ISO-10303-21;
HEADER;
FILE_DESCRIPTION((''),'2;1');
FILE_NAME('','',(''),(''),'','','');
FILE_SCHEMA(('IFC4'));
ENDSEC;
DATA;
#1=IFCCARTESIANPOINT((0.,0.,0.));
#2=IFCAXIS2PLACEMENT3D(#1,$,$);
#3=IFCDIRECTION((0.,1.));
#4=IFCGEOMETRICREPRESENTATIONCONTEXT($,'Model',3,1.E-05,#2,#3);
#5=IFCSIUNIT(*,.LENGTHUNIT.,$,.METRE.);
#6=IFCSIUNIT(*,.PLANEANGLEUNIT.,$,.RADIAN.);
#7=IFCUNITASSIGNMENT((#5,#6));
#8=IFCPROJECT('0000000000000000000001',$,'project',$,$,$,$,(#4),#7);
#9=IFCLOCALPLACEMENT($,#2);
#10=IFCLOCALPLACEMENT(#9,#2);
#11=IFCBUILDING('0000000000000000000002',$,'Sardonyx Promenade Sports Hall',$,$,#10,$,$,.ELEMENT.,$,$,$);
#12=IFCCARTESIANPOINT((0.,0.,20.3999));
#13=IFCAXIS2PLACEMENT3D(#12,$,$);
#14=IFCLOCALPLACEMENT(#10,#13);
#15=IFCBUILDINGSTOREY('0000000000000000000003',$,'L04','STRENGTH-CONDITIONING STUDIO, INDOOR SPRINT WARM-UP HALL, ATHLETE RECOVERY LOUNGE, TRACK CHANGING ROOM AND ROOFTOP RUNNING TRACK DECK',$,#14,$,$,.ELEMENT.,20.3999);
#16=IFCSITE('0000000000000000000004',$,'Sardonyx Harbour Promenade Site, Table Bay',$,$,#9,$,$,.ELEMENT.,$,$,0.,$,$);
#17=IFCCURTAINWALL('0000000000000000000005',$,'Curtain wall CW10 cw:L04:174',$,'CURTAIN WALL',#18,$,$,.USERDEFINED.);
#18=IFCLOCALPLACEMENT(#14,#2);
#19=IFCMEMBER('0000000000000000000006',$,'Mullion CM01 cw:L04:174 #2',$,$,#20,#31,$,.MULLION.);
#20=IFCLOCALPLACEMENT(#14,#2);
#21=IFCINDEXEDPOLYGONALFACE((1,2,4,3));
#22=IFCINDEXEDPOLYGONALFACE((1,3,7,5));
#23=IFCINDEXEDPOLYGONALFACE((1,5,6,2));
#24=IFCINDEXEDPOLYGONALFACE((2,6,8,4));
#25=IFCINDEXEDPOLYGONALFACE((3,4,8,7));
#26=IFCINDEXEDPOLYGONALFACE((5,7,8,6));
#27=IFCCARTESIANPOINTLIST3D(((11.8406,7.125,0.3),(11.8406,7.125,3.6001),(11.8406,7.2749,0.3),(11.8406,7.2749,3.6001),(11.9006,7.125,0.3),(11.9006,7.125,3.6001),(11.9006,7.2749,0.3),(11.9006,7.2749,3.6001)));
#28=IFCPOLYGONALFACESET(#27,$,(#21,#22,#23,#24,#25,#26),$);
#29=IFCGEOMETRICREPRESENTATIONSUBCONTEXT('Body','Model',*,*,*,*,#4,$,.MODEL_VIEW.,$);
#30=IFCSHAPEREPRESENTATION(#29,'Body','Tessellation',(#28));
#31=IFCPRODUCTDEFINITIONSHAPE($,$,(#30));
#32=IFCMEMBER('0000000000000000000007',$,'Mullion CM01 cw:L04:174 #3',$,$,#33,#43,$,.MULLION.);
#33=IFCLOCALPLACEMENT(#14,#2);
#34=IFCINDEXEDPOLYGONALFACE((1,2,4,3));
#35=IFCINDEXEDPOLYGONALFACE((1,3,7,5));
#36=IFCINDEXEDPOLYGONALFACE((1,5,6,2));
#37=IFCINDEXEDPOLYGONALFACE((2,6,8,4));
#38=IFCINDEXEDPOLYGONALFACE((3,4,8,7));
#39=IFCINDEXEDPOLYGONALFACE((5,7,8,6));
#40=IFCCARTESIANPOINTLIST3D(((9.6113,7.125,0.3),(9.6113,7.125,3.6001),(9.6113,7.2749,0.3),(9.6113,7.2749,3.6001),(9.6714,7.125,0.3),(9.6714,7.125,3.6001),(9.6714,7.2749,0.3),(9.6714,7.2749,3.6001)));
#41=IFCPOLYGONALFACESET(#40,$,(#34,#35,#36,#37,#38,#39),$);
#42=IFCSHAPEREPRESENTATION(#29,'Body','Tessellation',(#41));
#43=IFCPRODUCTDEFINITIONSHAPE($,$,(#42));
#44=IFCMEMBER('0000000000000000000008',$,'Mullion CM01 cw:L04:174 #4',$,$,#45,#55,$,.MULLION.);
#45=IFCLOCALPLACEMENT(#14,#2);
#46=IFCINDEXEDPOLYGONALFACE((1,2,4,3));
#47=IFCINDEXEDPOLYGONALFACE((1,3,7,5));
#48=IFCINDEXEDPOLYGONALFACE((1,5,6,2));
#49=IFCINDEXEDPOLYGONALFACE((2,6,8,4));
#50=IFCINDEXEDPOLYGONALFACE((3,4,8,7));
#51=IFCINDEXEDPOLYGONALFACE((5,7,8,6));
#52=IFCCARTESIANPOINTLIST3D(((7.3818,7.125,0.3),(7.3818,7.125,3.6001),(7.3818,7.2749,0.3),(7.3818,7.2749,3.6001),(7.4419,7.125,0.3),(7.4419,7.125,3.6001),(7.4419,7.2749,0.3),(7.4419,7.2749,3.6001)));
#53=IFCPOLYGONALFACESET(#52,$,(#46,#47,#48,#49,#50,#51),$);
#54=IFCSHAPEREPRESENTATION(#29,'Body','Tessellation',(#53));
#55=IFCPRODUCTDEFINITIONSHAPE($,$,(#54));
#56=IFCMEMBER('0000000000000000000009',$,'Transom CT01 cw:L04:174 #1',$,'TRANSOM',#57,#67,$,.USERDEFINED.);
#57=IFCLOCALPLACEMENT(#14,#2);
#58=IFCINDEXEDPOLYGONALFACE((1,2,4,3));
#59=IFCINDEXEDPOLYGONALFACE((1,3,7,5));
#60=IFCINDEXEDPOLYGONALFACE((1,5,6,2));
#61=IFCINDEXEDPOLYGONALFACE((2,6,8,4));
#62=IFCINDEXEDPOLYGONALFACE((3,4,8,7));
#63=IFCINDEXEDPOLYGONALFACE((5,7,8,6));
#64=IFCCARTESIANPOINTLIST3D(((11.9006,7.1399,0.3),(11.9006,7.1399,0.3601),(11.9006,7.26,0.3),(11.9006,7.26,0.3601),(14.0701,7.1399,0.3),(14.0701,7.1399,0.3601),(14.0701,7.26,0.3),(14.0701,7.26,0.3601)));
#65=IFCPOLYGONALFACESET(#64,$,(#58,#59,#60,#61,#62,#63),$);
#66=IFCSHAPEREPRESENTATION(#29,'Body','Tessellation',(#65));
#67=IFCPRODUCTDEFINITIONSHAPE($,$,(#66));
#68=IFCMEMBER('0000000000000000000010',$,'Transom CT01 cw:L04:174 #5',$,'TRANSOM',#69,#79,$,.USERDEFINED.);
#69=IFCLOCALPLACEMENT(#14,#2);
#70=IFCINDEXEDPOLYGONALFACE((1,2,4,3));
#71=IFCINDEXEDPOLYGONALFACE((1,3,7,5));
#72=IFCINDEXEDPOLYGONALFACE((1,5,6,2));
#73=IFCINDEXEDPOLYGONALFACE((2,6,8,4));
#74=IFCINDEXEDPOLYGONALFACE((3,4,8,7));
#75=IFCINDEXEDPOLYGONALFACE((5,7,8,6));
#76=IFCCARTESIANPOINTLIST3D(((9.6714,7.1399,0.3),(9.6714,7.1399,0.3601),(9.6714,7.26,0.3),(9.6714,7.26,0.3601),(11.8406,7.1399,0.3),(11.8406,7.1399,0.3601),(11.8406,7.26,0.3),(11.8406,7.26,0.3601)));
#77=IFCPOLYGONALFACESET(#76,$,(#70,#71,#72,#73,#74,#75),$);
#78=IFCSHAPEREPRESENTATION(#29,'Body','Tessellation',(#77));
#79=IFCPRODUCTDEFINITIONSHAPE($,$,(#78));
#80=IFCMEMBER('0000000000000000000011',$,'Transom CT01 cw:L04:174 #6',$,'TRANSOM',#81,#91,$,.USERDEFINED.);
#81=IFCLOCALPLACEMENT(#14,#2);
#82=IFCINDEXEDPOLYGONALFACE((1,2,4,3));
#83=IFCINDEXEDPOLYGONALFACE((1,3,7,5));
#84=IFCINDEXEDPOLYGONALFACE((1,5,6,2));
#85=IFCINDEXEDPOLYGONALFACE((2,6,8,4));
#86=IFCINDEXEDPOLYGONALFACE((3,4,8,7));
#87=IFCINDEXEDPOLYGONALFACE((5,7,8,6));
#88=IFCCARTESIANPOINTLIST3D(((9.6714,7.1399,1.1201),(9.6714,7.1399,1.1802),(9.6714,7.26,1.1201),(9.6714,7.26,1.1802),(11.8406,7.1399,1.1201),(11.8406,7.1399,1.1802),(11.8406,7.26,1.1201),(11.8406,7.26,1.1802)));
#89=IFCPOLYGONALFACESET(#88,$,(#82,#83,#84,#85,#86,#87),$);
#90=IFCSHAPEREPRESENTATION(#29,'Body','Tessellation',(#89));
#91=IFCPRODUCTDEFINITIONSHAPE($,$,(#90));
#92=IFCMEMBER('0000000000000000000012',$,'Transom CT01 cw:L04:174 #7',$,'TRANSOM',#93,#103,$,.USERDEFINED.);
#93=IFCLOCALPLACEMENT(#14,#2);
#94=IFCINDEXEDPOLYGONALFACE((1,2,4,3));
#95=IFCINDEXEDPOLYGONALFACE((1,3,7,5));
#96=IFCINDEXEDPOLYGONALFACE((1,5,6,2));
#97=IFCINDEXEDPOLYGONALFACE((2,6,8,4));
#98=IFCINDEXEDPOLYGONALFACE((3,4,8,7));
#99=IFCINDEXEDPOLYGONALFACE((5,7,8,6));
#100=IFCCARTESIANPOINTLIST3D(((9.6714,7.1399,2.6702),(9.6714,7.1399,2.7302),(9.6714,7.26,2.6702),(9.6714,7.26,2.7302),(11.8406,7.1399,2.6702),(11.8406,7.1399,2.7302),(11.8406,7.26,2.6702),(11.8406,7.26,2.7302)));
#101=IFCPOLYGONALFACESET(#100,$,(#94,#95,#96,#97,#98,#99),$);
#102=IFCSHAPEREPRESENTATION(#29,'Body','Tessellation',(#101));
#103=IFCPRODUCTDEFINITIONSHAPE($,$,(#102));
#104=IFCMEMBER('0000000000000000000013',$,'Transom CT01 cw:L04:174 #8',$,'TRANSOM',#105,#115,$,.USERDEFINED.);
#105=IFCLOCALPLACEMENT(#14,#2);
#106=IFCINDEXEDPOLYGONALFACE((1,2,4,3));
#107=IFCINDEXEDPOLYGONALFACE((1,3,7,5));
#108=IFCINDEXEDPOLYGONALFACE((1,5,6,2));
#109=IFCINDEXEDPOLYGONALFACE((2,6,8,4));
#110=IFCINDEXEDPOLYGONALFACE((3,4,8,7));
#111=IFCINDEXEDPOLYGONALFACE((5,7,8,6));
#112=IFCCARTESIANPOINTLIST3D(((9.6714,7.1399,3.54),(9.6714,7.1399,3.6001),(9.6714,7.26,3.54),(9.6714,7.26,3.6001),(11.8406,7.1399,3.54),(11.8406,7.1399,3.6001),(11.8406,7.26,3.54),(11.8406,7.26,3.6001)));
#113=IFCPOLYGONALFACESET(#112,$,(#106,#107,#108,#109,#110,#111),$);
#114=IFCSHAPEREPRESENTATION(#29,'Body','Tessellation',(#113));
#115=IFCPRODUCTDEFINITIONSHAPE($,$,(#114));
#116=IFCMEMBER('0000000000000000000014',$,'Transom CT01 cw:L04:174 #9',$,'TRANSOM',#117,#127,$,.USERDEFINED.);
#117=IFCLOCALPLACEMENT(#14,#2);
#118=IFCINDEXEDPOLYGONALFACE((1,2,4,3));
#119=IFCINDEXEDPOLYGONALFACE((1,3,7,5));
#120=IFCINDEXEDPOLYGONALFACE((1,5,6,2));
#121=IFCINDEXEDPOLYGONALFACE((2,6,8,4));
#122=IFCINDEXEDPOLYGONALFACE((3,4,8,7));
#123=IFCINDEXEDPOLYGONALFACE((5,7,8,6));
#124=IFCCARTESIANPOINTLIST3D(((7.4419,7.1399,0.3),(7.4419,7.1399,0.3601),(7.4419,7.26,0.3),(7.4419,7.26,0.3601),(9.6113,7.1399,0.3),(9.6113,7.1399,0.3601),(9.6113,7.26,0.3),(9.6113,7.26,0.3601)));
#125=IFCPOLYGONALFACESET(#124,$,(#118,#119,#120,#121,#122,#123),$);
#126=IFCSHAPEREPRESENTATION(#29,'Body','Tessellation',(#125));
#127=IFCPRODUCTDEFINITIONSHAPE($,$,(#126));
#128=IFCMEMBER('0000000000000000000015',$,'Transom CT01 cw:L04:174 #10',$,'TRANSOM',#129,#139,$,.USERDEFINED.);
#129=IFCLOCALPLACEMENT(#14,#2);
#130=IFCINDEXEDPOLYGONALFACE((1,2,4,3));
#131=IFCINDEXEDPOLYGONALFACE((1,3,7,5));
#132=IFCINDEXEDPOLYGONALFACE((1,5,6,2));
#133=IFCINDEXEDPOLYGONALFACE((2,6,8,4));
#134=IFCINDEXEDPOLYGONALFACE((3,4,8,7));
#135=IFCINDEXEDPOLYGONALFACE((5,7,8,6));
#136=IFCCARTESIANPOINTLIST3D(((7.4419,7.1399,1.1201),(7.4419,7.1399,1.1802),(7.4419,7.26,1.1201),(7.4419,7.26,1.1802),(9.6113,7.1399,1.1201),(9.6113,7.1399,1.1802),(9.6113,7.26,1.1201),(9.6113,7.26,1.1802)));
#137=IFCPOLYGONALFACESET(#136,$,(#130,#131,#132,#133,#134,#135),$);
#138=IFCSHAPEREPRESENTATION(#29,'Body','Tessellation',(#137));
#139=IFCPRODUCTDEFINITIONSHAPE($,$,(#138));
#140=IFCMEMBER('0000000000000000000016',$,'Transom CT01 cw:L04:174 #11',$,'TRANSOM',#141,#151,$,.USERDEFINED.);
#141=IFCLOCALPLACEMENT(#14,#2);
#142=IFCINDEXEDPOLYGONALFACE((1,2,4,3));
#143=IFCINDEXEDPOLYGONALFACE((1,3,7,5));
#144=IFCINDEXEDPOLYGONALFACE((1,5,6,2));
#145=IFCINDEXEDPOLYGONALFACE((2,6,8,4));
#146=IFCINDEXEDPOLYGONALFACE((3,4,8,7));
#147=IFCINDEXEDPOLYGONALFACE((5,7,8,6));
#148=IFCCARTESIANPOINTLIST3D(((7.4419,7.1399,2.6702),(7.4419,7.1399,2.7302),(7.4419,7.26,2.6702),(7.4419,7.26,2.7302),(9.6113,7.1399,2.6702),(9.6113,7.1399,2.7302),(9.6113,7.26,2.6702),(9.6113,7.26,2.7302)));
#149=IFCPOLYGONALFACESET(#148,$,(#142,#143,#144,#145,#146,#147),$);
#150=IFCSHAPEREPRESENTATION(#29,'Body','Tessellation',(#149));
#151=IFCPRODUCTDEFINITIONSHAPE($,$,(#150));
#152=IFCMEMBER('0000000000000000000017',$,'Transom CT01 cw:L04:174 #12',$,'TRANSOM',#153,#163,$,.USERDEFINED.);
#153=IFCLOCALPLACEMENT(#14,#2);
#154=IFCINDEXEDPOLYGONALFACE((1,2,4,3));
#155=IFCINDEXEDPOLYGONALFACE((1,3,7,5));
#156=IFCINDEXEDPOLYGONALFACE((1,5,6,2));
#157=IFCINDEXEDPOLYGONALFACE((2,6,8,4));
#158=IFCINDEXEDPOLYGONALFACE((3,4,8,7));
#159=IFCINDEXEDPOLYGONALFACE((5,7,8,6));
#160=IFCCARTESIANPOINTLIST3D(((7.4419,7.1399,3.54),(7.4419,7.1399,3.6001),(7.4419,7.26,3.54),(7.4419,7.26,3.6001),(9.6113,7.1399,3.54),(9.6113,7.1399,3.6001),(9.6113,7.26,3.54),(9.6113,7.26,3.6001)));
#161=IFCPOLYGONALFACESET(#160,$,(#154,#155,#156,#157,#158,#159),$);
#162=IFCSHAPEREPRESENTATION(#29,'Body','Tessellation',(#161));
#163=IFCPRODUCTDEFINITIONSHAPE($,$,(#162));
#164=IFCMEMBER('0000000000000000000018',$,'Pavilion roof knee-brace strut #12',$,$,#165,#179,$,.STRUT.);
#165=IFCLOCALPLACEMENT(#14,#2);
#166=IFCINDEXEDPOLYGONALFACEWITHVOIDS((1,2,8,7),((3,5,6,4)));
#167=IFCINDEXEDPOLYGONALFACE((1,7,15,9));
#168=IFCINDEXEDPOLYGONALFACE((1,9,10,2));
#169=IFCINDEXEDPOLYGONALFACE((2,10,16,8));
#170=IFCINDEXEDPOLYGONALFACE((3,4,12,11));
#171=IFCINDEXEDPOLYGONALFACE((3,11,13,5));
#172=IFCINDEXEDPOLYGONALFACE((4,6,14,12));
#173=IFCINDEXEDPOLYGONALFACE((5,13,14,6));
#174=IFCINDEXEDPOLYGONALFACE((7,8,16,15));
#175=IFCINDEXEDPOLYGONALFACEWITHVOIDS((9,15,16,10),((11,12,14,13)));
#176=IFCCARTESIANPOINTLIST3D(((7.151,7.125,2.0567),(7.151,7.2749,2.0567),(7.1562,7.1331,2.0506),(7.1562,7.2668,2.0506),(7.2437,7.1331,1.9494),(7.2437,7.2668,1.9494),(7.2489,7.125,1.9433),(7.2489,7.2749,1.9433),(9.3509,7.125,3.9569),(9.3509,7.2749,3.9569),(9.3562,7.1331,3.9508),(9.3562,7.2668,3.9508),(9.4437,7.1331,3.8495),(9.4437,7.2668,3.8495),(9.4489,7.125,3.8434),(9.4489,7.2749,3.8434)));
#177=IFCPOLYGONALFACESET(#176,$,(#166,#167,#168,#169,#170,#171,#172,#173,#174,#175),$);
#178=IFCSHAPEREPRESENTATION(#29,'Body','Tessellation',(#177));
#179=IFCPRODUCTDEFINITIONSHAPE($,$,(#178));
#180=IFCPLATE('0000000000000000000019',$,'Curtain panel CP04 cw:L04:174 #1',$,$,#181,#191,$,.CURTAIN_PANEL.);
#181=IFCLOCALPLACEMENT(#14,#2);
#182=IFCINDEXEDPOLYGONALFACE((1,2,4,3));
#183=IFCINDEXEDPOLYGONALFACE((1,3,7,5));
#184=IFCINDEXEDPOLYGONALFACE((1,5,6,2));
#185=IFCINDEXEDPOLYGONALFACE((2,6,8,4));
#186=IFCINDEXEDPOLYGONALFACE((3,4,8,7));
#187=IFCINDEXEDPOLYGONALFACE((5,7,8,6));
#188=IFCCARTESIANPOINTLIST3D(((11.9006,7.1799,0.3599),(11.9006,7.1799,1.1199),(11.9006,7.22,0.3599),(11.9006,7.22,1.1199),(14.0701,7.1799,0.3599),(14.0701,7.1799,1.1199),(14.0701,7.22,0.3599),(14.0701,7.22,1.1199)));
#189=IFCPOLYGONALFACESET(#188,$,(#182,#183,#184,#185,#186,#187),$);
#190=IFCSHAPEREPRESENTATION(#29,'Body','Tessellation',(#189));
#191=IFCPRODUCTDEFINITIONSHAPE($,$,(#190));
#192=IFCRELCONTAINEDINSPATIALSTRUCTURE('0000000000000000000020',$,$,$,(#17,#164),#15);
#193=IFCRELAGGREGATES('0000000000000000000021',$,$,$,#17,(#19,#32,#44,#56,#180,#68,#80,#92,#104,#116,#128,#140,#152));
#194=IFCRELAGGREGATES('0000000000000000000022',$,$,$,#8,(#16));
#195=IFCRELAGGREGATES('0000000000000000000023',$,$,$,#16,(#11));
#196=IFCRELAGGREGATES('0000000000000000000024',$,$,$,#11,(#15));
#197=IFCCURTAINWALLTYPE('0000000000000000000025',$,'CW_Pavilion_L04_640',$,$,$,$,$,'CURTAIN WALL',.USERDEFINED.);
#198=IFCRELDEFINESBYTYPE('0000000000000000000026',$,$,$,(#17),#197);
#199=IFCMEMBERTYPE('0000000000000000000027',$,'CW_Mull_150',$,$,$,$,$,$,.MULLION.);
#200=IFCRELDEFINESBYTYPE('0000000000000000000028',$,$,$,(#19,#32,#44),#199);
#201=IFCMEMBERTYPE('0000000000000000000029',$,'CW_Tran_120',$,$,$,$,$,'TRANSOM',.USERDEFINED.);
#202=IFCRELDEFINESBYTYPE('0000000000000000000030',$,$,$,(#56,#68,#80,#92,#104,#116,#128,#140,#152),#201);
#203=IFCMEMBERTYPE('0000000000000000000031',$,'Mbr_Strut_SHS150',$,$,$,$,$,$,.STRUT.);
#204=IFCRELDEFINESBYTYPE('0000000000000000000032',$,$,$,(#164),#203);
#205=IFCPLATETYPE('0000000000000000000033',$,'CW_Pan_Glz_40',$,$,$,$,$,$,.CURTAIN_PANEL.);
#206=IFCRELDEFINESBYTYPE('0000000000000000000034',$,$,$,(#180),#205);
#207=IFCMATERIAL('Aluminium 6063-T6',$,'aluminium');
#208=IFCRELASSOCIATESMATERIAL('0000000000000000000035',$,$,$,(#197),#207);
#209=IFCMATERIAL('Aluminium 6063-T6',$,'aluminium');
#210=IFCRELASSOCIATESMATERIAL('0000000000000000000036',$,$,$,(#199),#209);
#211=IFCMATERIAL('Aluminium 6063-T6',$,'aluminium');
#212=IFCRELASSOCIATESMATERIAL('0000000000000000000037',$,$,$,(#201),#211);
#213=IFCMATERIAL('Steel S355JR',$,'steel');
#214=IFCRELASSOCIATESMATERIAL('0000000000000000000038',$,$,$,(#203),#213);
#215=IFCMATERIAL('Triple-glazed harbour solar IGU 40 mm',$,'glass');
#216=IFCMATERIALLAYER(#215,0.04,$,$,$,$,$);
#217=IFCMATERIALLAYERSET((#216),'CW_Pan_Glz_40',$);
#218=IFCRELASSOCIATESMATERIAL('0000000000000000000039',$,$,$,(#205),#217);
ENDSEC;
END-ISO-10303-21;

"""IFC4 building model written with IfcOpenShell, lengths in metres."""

from ifc_helpers import new_model, si_unit, direction, frame, origin, origin_2d, place, context, subcontext, project, spatial, rectangle, hollow_rectangle, extrude, material, layer, layer_set, material_profile, profile_set, type_object, element, aggregate, save


model = new_model("IFC4")

# Units and contexts
model_context = context("Model", 3, precision=1e-05, world=origin(), true_north=direction((0.0, 1.0)))
body_context = subcontext(model_context, "Body", "Model", "MODEL_VIEW")
ifc_project = project(units=[si_unit("LENGTHUNIT", "METRE"), si_unit("PLANEANGLEUNIT", "RADIAN")], contexts=[model_context])

# Site, building, storey
site_placement = place(None, origin())
site = spatial("IfcSite", under=ifc_project, at=site_placement, Name="Sardonyx Harbour Promenade Site, Table Bay", CompositionType="ELEMENT", RefElevation=0.0)
building_placement = place(site_placement, origin())
building = spatial("IfcBuilding", under=site, at=building_placement, Name="Sardonyx Promenade Sports Hall", CompositionType="ELEMENT")
storey_placement = place(building_placement, frame((0.0, 0.0, 20.3999)))
storey = spatial("IfcBuildingStorey", under=building, at=storey_placement, Name="L04", Description="STRENGTH-CONDITIONING STUDIO, INDOOR SPRINT WARM-UP HALL, ATHLETE RECOVERY LOUNGE, TRACK CHANGING ROOM AND ROOFTOP RUNNING TRACK DECK", CompositionType="ELEMENT", Elevation=20.3999)

# Curtain wall, members
ifc_material_1 = material(Name="Aluminium 6063-T6", Category="aluminium")
curtain_wall_type = type_object("IfcCurtainWallType", Name="CW_Pavilion_L04_640", ElementType="CURTAIN WALL", PredefinedType="USERDEFINED", material=ifc_material_1)
curtain_wall_placement = place(storey_placement, origin())
curtain_wall = element("IfcCurtainWall", 1, at=curtain_wall_placement, inside=storey, type_object=curtain_wall_type, Name="Curtain wall CW10 cw:L04:174", ObjectType="CURTAIN WALL", PredefinedType="USERDEFINED")
ifc_material_2 = material(Name="Aluminium 6063-T6", Category="aluminium")
ifc_material_profile_1 = material_profile(ifc_material_2, rectangle(XDim=0.0601, YDim=0.1499, at=origin_2d()))
ifc_profile_set_1 = profile_set([ifc_material_profile_1], Name="Aluminium 6063-T6")
member_type_1 = type_object("IfcMemberType", Name="CW_Mull_150", PredefinedType="MULLION", material=ifc_profile_set_1)
member_1_placement = place(storey_placement, frame((11.8706, 7.2, 0.3), z_axis=(0.0, 0.0, 1.0), x_axis=(-1.0, 0.0, 0.0)))
member_1 = element("IfcMember", 2, at=member_1_placement, type_object=member_type_1, Name="Mullion CM01 cw:L04:174 #2", PredefinedType="MULLION", context=body_context, shape_type="SweptSolid", body=[
    extrude(rectangle(XDim=0.0601, YDim=0.1499, at=origin_2d()), origin(), (0.0, 0.0, 1.0), 3.3),
])
member_2_placement = place(storey_placement, frame((9.6414, 7.2, 0.3), z_axis=(0.0, 0.0, 1.0), x_axis=(-1.0, 0.0, 0.0)))
member_2 = element("IfcMember", 3, at=member_2_placement, type_object=member_type_1, Name="Mullion CM01 cw:L04:174 #3", PredefinedType="MULLION", context=body_context, shape_type="SweptSolid", body=[
    extrude(rectangle(XDim=0.0601, YDim=0.1499, at=origin_2d()), origin(), (0.0, 0.0, 1.0), 3.3),
])
member_3_placement = place(storey_placement, frame((7.4119, 7.2, 0.3), z_axis=(0.0, 0.0, 1.0), x_axis=(-1.0, 0.0, 0.0)))
member_3 = element("IfcMember", 4, at=member_3_placement, type_object=member_type_1, Name="Mullion CM01 cw:L04:174 #4", PredefinedType="MULLION", context=body_context, shape_type="SweptSolid", body=[
    extrude(rectangle(XDim=0.0601, YDim=0.1499, at=origin_2d()), origin(), (0.0, 0.0, 1.0), 3.3),
])
ifc_material_3 = material(Name="Aluminium 6063-T6", Category="aluminium")
ifc_material_profile_2 = material_profile(ifc_material_3, rectangle(XDim=0.0601, YDim=0.1201, at=origin_2d()))
ifc_profile_set_2 = profile_set([ifc_material_profile_2], Name="Aluminium 6063-T6")
member_type_2 = type_object("IfcMemberType", Name="CW_Tran_120", ElementType="TRANSOM", PredefinedType="USERDEFINED", material=ifc_profile_set_2)
member_4_placement = place(storey_placement, frame((14.0701, 7.2, 0.3301), z_axis=(-1.0, 0.0, 0.0), x_axis=(0.0, 0.0, 1.0)))
member_4 = element("IfcMember", 5, at=member_4_placement, type_object=member_type_2, Name="Transom CT01 cw:L04:174 #1", ObjectType="TRANSOM", PredefinedType="USERDEFINED", context=body_context, shape_type="SweptSolid", body=[
    extrude(rectangle(XDim=0.0601, YDim=0.1201, at=origin_2d()), origin(), (0.0, 0.0, 1.0), 2.1694),
])
member_5_placement = place(storey_placement, frame((11.8406, 7.2, 0.3301), z_axis=(-1.0, 0.0, 0.0), x_axis=(0.0, 0.0, 1.0)))
member_5 = element("IfcMember", 6, at=member_5_placement, type_object=member_type_2, Name="Transom CT01 cw:L04:174 #5", ObjectType="TRANSOM", PredefinedType="USERDEFINED", context=body_context, shape_type="SweptSolid", body=[
    extrude(rectangle(XDim=0.0601, YDim=0.1201, at=origin_2d()), origin(), (0.0, 0.0, 1.0), 2.1692),
])
member_6_placement = place(storey_placement, frame((11.8406, 7.2, 1.1501), z_axis=(-1.0, 0.0, 0.0), x_axis=(0.0, 0.0, 1.0)))
member_6 = element("IfcMember", 7, at=member_6_placement, type_object=member_type_2, Name="Transom CT01 cw:L04:174 #6", ObjectType="TRANSOM", PredefinedType="USERDEFINED", context=body_context, shape_type="SweptSolid", body=[
    extrude(rectangle(XDim=0.0601, YDim=0.1201, at=origin_2d()), origin(), (0.0, 0.0, 1.0), 2.1692),
])
member_7_placement = place(storey_placement, frame((11.8406, 7.2, 2.7002), z_axis=(-1.0, 0.0, 0.0), x_axis=(0.0, 0.0, 1.0)))
member_7 = element("IfcMember", 8, at=member_7_placement, type_object=member_type_2, Name="Transom CT01 cw:L04:174 #7", ObjectType="TRANSOM", PredefinedType="USERDEFINED", context=body_context, shape_type="SweptSolid", body=[
    extrude(rectangle(XDim=0.0601, YDim=0.1201, at=origin_2d()), origin(), (0.0, 0.0, 1.0), 2.1692),
])
member_8_placement = place(storey_placement, frame((11.8406, 7.2, 3.5701), z_axis=(-1.0, 0.0, 0.0), x_axis=(0.0, 0.0, 1.0)))
member_8 = element("IfcMember", 9, at=member_8_placement, type_object=member_type_2, Name="Transom CT01 cw:L04:174 #8", ObjectType="TRANSOM", PredefinedType="USERDEFINED", context=body_context, shape_type="SweptSolid", body=[
    extrude(rectangle(XDim=0.0601, YDim=0.1201, at=origin_2d()), origin(), (0.0, 0.0, 1.0), 2.1692),
])
member_9_placement = place(storey_placement, frame((9.6113, 7.2, 0.3301), z_axis=(-1.0, 0.0, 0.0), x_axis=(0.0, 0.0, 1.0)))
member_9 = element("IfcMember", 10, at=member_9_placement, type_object=member_type_2, Name="Transom CT01 cw:L04:174 #9", ObjectType="TRANSOM", PredefinedType="USERDEFINED", context=body_context, shape_type="SweptSolid", body=[
    extrude(rectangle(XDim=0.0601, YDim=0.1201, at=origin_2d()), origin(), (0.0, 0.0, 1.0), 2.1694),
])
member_10_placement = place(storey_placement, frame((9.6113, 7.2, 1.1501), z_axis=(-1.0, 0.0, 0.0), x_axis=(0.0, 0.0, 1.0)))
member_10 = element("IfcMember", 11, at=member_10_placement, type_object=member_type_2, Name="Transom CT01 cw:L04:174 #10", ObjectType="TRANSOM", PredefinedType="USERDEFINED", context=body_context, shape_type="SweptSolid", body=[
    extrude(rectangle(XDim=0.0601, YDim=0.1201, at=origin_2d()), origin(), (0.0, 0.0, 1.0), 2.1694),
])
member_11_placement = place(storey_placement, frame((9.6113, 7.2, 2.7002), z_axis=(-1.0, 0.0, 0.0), x_axis=(0.0, 0.0, 1.0)))
member_11 = element("IfcMember", 12, at=member_11_placement, type_object=member_type_2, Name="Transom CT01 cw:L04:174 #11", ObjectType="TRANSOM", PredefinedType="USERDEFINED", context=body_context, shape_type="SweptSolid", body=[
    extrude(rectangle(XDim=0.0601, YDim=0.1201, at=origin_2d()), origin(), (0.0, 0.0, 1.0), 2.1694),
])
member_12_placement = place(storey_placement, frame((9.6113, 7.2, 3.5701), z_axis=(-1.0, 0.0, 0.0), x_axis=(0.0, 0.0, 1.0)))
member_12 = element("IfcMember", 13, at=member_12_placement, type_object=member_type_2, Name="Transom CT01 cw:L04:174 #12", ObjectType="TRANSOM", PredefinedType="USERDEFINED", context=body_context, shape_type="SweptSolid", body=[
    extrude(rectangle(XDim=0.0601, YDim=0.1201, at=origin_2d()), origin(), (0.0, 0.0, 1.0), 2.1694),
])

# Member
ifc_material_4 = material(Name="Steel S355JR", Category="steel")
ifc_material_profile_3 = material_profile(ifc_material_4, hollow_rectangle(XDim=0.1499, YDim=0.1499, WallThickness=0.0081, at=origin_2d()))
ifc_profile_set_3 = profile_set([ifc_material_profile_3], Name="Steel S355JR")
member_type_3 = type_object("IfcMemberType", Name="Mbr_Strut_SHS150", PredefinedType="STRUT", material=ifc_profile_set_3)
member_13_placement = place(storey_placement, frame((7.2, 7.2, 2.0), z_axis=(0.756791, 0.0, 0.653657), x_axis=(0.0, 1.0, 0.0)))
element("IfcMember", 14, at=member_13_placement, inside=storey, type_object=member_type_3, Name="Pavilion roof knee-brace strut #12", PredefinedType="STRUT", context=body_context, shape_type="SweptSolid", body=[
    extrude(hollow_rectangle(XDim=0.1499, YDim=0.1499, WallThickness=0.0081, at=origin_2d()), origin(), (0.0, 0.0, 1.0), 2.907),
])

# Plate
ifc_material_5 = material(Name="Triple-glazed harbour solar IGU 40 mm", Category="glass")
ifc_layer_1 = layer(ifc_material_5, 0.04)
ifc_layer_set_1 = layer_set([ifc_layer_1], Name="CW_Pan_Glz_40")
plate_type_1 = type_object("IfcPlateType", Name="CW_Pan_Glz_40", PredefinedType="CURTAIN_PANEL", material=ifc_layer_set_1)
plate_1_placement = place(storey_placement, frame((12.9854, 7.2, 0.3599), z_axis=(0.0, 0.0, 1.0), x_axis=(-1.0, 0.0, 0.0)))
plate_1 = element("IfcPlate", 15, at=plate_1_placement, type_object=plate_type_1, Name="Curtain panel CP04 cw:L04:174 #1", PredefinedType="CURTAIN_PANEL", context=body_context, shape_type="SweptSolid", body=[
    extrude(rectangle(XDim=2.1694, YDim=0.04, at=origin_2d()), origin(), (0.0, 0.0, 1.0), 0.76),
])
aggregate(curtain_wall, [member_1, member_2, member_3, member_4, plate_1, member_5, member_6, member_7, member_8, member_9, member_10, member_11, member_12])

save(model, "model.ifc")
